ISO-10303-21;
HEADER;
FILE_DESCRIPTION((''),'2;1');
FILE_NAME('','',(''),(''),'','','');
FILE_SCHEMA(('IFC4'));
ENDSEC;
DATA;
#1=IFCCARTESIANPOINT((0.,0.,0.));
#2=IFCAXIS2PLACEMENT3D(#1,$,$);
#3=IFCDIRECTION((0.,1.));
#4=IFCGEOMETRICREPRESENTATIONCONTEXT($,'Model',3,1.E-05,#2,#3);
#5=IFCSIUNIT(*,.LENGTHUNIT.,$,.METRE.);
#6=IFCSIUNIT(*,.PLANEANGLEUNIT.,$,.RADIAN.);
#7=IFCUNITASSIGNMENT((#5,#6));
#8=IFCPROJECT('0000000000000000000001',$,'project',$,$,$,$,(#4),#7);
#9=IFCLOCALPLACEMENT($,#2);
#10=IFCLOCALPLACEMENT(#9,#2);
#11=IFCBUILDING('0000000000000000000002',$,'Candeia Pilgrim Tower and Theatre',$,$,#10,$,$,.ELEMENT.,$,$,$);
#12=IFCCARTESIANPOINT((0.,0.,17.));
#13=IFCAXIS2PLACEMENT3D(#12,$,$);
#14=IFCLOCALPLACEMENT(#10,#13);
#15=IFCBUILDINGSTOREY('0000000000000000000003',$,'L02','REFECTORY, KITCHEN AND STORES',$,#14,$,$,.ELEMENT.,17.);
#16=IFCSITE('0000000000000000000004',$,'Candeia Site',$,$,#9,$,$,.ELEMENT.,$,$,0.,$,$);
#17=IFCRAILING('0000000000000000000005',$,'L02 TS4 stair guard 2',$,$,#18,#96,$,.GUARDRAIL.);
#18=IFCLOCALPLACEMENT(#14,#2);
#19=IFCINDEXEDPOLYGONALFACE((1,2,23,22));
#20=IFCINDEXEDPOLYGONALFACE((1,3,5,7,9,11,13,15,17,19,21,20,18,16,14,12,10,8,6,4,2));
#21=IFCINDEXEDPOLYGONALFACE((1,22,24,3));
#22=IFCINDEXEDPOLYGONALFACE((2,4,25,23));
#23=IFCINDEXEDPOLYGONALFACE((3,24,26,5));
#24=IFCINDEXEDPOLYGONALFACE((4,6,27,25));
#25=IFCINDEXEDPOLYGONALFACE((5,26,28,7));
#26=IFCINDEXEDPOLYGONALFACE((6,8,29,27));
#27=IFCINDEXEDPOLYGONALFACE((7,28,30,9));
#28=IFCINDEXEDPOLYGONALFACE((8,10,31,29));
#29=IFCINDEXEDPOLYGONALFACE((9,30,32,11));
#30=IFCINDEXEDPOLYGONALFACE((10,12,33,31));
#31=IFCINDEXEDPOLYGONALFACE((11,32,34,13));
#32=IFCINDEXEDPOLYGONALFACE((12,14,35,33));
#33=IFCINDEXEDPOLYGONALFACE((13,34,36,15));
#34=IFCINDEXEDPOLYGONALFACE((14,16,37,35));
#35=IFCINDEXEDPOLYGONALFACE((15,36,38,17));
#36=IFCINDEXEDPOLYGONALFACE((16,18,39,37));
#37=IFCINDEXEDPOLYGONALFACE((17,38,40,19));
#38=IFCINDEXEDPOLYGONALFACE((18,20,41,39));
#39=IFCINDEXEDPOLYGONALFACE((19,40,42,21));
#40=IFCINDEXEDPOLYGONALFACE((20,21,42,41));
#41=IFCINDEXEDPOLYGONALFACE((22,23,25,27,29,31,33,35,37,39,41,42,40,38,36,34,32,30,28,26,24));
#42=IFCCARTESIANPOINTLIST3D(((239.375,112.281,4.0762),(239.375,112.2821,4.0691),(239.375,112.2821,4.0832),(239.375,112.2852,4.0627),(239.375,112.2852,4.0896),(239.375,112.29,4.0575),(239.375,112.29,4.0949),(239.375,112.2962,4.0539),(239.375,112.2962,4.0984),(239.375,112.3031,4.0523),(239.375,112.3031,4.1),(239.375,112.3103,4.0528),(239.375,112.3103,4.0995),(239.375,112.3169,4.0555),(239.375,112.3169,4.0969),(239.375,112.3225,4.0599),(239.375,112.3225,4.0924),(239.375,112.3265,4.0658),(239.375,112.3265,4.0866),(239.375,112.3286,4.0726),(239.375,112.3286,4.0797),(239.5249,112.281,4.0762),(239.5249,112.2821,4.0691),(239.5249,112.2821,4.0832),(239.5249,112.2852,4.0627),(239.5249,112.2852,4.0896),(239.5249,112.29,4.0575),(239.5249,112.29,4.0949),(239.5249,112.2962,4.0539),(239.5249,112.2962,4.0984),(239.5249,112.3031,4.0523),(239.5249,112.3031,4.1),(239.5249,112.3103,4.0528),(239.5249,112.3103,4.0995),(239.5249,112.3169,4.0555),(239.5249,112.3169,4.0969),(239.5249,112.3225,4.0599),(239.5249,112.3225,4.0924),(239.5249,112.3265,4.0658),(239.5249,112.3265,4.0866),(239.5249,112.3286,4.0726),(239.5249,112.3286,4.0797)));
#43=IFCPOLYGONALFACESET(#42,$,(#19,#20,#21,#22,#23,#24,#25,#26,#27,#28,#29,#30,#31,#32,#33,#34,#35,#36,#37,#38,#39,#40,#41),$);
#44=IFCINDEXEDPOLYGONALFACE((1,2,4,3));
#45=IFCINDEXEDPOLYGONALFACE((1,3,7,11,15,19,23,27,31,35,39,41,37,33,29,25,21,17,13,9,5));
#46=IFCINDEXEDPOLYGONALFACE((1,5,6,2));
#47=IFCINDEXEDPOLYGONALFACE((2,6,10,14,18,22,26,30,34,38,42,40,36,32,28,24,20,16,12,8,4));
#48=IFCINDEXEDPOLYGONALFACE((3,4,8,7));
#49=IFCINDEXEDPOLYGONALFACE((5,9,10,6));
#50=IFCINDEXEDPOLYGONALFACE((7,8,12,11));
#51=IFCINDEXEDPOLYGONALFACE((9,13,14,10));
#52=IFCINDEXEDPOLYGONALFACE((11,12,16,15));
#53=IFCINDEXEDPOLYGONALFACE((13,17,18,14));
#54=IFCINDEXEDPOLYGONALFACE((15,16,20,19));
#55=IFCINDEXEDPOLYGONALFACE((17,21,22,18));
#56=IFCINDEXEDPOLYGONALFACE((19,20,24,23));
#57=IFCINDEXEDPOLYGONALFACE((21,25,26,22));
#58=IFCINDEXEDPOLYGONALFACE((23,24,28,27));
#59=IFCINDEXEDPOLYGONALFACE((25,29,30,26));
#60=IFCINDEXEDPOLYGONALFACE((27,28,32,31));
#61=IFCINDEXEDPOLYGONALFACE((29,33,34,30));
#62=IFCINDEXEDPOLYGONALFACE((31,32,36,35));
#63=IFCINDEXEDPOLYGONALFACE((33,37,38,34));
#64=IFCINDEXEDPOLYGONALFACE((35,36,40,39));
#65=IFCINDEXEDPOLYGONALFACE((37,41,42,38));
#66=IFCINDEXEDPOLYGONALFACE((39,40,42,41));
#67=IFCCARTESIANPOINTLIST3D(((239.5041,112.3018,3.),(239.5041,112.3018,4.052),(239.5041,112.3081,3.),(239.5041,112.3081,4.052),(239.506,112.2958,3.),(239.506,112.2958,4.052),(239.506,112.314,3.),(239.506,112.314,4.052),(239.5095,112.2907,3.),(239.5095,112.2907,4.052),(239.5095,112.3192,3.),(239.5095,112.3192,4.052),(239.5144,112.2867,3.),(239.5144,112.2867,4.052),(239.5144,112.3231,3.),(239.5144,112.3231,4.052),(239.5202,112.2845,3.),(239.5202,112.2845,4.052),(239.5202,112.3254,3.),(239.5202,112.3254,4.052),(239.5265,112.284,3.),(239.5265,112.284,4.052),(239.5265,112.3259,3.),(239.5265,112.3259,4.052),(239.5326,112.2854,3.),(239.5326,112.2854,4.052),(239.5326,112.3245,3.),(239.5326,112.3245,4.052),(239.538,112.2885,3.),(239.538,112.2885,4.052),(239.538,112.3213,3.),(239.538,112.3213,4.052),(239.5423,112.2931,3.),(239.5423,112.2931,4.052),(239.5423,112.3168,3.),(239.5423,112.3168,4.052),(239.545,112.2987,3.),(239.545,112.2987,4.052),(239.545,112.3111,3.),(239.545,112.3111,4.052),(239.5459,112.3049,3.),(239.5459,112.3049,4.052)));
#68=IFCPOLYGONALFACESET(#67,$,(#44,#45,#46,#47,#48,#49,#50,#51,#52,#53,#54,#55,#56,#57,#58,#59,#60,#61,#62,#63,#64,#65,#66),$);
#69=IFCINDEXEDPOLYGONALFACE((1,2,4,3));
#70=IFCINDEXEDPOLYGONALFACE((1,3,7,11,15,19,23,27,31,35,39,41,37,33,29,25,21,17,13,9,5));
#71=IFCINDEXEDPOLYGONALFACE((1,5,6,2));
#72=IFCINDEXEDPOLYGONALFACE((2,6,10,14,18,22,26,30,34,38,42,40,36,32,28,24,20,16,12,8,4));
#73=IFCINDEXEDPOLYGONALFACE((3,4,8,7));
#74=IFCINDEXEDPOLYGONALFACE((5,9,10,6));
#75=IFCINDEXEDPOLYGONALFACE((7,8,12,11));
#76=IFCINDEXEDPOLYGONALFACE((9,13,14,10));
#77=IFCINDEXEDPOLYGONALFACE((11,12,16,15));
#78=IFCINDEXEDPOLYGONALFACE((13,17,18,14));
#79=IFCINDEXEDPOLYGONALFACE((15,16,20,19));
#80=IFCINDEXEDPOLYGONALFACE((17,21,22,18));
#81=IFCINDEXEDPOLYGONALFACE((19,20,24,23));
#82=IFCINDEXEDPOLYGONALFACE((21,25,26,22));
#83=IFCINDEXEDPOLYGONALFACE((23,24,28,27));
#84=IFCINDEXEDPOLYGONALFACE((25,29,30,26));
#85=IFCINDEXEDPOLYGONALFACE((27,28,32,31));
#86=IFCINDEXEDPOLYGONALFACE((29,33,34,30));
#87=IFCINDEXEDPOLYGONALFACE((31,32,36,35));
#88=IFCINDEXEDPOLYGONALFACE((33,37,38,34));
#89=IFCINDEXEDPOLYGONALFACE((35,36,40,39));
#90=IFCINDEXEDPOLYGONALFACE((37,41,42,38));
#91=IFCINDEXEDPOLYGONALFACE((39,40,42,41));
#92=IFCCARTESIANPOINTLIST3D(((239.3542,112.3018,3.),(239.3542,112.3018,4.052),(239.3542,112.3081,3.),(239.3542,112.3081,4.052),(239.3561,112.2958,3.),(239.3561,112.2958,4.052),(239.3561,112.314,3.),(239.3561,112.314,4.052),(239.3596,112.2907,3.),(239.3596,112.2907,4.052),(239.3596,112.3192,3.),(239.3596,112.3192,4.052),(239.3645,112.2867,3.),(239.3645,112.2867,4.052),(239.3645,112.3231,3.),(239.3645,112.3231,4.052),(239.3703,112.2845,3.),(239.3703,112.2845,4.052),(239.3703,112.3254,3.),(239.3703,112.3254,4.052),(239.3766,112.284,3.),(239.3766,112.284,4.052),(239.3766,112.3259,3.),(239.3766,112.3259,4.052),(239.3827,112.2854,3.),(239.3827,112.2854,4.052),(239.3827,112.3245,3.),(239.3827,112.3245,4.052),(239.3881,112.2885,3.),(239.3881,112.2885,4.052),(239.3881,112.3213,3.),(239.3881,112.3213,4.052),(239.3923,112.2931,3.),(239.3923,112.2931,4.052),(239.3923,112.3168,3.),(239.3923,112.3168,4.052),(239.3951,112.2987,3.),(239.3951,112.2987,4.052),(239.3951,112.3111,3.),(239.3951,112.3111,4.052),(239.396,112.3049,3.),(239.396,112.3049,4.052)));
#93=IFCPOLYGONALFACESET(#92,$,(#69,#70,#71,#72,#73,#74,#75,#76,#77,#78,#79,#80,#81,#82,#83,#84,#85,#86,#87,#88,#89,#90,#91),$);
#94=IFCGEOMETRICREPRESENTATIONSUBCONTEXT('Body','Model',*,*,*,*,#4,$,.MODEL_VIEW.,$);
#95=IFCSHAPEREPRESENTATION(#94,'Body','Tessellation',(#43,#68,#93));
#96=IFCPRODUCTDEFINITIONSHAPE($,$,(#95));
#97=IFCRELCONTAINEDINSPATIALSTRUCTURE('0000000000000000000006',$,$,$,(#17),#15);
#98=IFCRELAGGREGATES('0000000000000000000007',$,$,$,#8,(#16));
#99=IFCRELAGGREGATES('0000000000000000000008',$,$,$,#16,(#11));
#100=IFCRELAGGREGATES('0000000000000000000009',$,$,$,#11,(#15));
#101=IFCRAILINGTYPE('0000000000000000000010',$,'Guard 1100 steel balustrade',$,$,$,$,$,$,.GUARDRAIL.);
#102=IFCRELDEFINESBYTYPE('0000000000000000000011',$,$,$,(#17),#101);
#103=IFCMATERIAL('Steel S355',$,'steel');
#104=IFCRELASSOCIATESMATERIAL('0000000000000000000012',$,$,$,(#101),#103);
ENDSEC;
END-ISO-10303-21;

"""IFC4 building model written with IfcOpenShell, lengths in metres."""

from ifc_helpers import new_model, si_unit, direction, frame, origin, origin_2d, place, context, subcontext, project, spatial, circle, extrude, material, type_object, element, save


model = new_model("IFC4")

# Units and contexts
model_context = context("Model", 3, precision=1e-05, world=origin(), true_north=direction((0.0, 1.0)))
body_context = subcontext(model_context, "Body", "Model", "MODEL_VIEW")
ifc_project = project(units=[si_unit("LENGTHUNIT", "METRE"), si_unit("PLANEANGLEUNIT", "RADIAN")], contexts=[model_context])

# Site, building, storey
site_placement = place(None, origin())
site = spatial("IfcSite", under=ifc_project, at=site_placement, Name="Candeia Site", CompositionType="ELEMENT", RefElevation=0.0)
building_placement = place(site_placement, origin())
building = spatial("IfcBuilding", under=site, at=building_placement, Name="Candeia Pilgrim Tower and Theatre", CompositionType="ELEMENT")
storey_placement = place(building_placement, frame((0.0, 0.0, 17.0)))
storey = spatial("IfcBuildingStorey", under=building, at=storey_placement, Name="L02", Description="REFECTORY, KITCHEN AND STORES", CompositionType="ELEMENT", Elevation=17.0)

# Railing
ifc_material_1 = material(Name="Steel S355", Category="steel")
railing_type_1 = type_object("IfcRailingType", Name="Guard 1100 steel balustrade", PredefinedType="GUARDRAIL", material=ifc_material_1)
railing_1_placement = place(storey_placement, frame((239.5249, 112.3049, 3.0)))
element("IfcRailing", 1, at=railing_1_placement, inside=storey, type_object=railing_type_1, Name="L02 TS4 stair guard 2", PredefinedType="GUARDRAIL", context=body_context, shape_type="SweptSolid", body=[
    extrude(circle(Radius=0.0239, at=origin_2d()), frame((0.0, 0.0, 1.0762), z_axis=(-1.0, 0.0, 0.0), x_axis=(0.0, -1.0, 0.0)), (0.0, 0.0, 1.0), 0.1499),
    extrude(circle(Radius=0.021, at=origin_2d()), origin(), (0.0, 0.0, 1.0), 1.052),
    extrude(circle(Radius=0.021, at=origin_2d()), frame((-0.1499, 0.0, 0.0)), (0.0, 0.0, 1.0), 1.052),
])

save(model, "model.ifc")
